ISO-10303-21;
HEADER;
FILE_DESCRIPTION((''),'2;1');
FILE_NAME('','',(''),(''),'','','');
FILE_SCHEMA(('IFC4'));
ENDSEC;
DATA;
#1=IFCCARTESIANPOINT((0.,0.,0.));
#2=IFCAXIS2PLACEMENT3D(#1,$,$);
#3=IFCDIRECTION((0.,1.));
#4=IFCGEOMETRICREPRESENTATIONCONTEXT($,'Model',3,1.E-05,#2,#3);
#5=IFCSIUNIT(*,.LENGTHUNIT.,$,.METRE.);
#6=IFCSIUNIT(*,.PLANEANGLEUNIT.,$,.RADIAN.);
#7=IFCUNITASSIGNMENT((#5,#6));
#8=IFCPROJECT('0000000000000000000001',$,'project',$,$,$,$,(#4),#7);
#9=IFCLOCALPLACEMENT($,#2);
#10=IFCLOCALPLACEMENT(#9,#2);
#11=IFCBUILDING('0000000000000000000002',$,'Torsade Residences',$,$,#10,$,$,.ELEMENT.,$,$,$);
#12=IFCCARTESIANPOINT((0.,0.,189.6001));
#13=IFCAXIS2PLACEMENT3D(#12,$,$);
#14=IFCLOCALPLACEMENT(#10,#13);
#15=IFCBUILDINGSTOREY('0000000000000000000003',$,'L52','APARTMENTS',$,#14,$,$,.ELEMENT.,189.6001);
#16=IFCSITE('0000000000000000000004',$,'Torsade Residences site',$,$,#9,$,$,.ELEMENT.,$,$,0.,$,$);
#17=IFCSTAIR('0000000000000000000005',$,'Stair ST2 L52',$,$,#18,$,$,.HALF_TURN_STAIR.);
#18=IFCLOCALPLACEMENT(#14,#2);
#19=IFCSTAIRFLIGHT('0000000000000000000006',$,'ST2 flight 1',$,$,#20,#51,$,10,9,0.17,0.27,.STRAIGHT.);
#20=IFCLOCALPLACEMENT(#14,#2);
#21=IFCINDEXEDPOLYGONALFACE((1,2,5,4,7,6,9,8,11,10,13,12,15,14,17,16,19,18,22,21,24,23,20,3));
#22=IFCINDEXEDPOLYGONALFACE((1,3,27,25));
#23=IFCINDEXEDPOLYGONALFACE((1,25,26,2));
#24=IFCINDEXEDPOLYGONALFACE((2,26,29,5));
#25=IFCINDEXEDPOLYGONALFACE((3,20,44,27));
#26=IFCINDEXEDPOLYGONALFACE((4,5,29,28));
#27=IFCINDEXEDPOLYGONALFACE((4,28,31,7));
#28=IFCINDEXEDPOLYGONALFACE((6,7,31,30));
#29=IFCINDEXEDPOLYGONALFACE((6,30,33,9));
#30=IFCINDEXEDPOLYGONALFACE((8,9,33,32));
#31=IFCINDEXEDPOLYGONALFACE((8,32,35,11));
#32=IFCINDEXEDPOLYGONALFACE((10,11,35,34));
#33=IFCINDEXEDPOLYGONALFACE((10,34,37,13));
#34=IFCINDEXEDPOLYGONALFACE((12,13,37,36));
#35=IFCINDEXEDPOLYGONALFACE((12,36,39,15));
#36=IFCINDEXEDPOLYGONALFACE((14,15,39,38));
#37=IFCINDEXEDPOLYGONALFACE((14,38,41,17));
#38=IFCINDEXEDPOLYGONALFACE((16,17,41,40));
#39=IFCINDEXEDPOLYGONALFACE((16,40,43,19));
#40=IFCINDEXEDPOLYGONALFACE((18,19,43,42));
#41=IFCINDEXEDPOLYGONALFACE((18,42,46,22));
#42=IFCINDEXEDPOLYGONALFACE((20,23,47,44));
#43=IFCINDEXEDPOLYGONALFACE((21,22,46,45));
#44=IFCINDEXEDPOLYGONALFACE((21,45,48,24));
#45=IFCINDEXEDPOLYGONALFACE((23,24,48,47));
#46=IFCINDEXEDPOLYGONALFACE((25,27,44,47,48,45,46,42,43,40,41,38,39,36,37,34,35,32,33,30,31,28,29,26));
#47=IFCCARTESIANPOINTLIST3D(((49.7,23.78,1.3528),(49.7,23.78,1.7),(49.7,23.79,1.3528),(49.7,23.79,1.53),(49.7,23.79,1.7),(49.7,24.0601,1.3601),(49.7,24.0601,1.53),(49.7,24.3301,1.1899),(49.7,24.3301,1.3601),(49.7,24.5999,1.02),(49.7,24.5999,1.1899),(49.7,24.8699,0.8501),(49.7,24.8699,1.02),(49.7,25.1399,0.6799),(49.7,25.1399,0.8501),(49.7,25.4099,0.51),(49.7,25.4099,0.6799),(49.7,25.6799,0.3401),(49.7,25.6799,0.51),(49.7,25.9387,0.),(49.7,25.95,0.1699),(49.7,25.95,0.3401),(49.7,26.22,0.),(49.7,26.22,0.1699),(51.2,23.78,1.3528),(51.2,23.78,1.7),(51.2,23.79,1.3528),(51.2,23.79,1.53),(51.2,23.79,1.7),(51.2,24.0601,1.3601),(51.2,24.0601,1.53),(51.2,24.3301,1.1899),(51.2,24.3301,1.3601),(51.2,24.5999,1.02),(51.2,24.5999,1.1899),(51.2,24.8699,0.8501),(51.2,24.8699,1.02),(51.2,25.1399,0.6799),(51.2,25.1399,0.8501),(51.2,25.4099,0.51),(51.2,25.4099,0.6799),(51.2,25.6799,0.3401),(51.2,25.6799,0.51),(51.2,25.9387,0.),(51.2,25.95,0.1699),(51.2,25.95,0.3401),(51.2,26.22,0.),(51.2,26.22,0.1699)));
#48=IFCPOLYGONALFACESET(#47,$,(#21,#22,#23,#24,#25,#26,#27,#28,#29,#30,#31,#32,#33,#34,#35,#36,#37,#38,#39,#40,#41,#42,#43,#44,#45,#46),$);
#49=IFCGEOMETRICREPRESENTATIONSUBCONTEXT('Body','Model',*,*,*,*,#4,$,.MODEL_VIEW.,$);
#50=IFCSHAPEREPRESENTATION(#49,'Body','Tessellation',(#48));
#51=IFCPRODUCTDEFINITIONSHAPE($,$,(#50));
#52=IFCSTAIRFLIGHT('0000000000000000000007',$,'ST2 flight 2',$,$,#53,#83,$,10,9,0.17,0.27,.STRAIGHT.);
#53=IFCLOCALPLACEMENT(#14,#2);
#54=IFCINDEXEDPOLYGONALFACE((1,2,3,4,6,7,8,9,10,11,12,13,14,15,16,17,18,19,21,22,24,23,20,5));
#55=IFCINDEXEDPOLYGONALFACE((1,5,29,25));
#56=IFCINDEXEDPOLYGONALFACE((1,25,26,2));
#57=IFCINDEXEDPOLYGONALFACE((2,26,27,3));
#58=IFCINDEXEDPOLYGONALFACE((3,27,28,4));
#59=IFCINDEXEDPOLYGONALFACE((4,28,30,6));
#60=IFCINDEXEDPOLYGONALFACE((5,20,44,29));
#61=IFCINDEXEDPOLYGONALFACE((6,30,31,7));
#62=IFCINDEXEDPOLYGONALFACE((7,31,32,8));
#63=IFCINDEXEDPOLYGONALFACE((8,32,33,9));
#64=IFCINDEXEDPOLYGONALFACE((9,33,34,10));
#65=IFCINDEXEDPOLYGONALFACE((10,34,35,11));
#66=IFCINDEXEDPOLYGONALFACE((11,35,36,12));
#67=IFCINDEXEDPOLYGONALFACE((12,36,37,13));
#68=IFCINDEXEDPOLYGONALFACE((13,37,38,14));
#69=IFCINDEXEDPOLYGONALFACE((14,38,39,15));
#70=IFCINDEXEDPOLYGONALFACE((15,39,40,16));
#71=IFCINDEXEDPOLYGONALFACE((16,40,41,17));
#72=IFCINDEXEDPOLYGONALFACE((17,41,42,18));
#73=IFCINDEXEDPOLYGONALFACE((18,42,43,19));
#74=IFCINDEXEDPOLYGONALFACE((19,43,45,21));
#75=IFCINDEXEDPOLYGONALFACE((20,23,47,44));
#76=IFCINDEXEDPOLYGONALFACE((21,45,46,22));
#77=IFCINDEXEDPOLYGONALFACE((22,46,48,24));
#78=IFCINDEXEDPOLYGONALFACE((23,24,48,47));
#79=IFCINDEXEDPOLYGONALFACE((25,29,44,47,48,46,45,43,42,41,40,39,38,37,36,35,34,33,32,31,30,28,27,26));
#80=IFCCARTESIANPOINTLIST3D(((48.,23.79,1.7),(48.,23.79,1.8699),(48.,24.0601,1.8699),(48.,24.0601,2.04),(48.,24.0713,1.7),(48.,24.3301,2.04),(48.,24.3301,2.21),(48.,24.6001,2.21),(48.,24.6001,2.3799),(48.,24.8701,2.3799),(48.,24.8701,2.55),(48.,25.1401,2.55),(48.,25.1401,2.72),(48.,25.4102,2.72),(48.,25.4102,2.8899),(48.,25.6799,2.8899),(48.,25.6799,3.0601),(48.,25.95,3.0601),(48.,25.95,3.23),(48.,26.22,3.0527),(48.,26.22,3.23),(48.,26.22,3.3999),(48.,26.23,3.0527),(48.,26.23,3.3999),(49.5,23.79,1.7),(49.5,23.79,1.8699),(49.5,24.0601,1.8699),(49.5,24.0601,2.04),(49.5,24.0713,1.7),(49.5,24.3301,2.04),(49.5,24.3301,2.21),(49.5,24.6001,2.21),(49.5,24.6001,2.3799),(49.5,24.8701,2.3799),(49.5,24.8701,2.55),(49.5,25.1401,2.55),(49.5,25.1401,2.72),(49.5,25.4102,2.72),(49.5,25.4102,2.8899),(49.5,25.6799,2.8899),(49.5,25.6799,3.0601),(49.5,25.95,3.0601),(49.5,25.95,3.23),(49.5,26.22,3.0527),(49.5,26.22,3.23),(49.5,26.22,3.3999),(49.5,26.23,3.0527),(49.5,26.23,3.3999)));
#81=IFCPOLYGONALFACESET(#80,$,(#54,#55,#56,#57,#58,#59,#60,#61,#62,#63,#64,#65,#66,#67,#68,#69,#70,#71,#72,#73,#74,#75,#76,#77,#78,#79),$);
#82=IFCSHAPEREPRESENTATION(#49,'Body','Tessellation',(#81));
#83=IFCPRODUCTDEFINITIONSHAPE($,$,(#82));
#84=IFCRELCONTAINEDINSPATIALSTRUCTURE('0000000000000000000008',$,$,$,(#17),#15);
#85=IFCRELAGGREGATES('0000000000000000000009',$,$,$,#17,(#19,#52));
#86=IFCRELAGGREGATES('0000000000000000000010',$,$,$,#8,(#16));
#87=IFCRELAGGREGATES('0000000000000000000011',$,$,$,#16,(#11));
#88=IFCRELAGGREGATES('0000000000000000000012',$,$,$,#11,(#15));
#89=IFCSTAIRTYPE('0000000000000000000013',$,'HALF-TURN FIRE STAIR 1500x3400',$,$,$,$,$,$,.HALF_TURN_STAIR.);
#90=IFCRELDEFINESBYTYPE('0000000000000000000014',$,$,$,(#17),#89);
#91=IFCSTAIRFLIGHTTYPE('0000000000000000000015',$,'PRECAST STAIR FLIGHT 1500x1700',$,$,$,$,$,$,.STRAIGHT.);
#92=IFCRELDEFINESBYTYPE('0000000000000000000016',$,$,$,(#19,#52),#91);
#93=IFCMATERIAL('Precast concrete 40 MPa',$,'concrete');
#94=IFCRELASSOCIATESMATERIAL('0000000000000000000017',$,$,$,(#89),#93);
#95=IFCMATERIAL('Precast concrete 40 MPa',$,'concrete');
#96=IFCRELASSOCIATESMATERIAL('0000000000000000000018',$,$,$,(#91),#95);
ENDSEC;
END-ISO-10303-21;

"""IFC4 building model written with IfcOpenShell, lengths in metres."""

from ifc_helpers import new_model, si_unit, direction, frame, origin, place, context, subcontext, project, spatial, polyline, outline, extrude, material, type_object, element, aggregate, save


model = new_model("IFC4")

# Units and contexts
model_context = context("Model", 3, precision=1e-05, world=origin(), true_north=direction((0.0, 1.0)))
body_context = subcontext(model_context, "Body", "Model", "MODEL_VIEW")
ifc_project = project(units=[si_unit("LENGTHUNIT", "METRE"), si_unit("PLANEANGLEUNIT", "RADIAN")], contexts=[model_context])

# Site, building, storey
site_placement = place(None, origin())
site = spatial("IfcSite", under=ifc_project, at=site_placement, Name="Torsade Residences site", CompositionType="ELEMENT", RefElevation=0.0)
building_placement = place(site_placement, origin())
building = spatial("IfcBuilding", under=site, at=building_placement, Name="Torsade Residences", CompositionType="ELEMENT")
storey_placement = place(building_placement, frame((0.0, 0.0, 189.6001)))
storey = spatial("IfcBuildingStorey", under=building, at=storey_placement, Name="L52", Description="APARTMENTS", CompositionType="ELEMENT", Elevation=189.6001)

# Stair, stair flights
ifc_material_1 = material(Name="Precast concrete 40 MPa", Category="concrete")
stair_type = type_object("IfcStairType", Name="HALF-TURN FIRE STAIR 1500x3400", PredefinedType="HALF_TURN_STAIR", material=ifc_material_1)
stair_placement = place(storey_placement, origin())
stair = element("IfcStair", 1, at=stair_placement, inside=storey, type_object=stair_type, Name="Stair ST2 L52", PredefinedType="HALF_TURN_STAIR")
ifc_material_2 = material(Name="Precast concrete 40 MPa", Category="concrete")
stair_flight_type = type_object("IfcStairFlightType", Name="PRECAST STAIR FLIGHT 1500x1700", PredefinedType="STRAIGHT", material=ifc_material_2)
stair_flight_1_placement = place(storey_placement, frame((50.45, 26.22, 0.0), z_axis=(0.0, 0.0, 1.0), x_axis=(0.0, -1.0, 0.0)))
stair_flight_1 = element("IfcStairFlight", 2, at=stair_flight_1_placement, type_object=stair_flight_type, Name="ST2 flight 1", NumberOfRisers=10, NumberOfTreads=9, PredefinedType="STRAIGHT", RiserHeight=0.17, TreadLength=0.27, context=body_context, shape_type="SweptSolid", body=[
    extrude(outline(polyline([(0.0, 0.0), (0.0, 0.1699), (0.27, 0.1699), (0.27, 0.3401), (0.54, 0.3401), (0.54, 0.51), (0.8101, 0.51), (0.8101, 0.6799), (1.0801, 0.6799), (1.0801, 0.8501), (1.3501, 0.8501), (1.3501, 1.02), (1.6201, 1.02), (1.6201, 1.1899), (1.8899, 1.1899), (1.8899, 1.3601), (2.1599, 1.3601), (2.1599, 1.53), (2.4299, 1.53), (2.4299, 1.7), (2.4399, 1.7), (2.4399, 1.3528), (2.4299, 1.3528), (0.2812, 0.0), (0.0, 0.0)])), frame((0.0, 0.75, 0.0), z_axis=(0.0, -1.0, 0.0), x_axis=(1.0, 0.0, 0.0)), (0.0, 0.0, 1.0), 1.5),
])
stair_flight_2_placement = place(storey_placement, frame((48.75, 23.79, 1.7), z_axis=(0.0, 0.0, 1.0), x_axis=(0.0, 1.0, 0.0)))
stair_flight_2 = element("IfcStairFlight", 3, at=stair_flight_2_placement, type_object=stair_flight_type, Name="ST2 flight 2", NumberOfRisers=10, NumberOfTreads=9, PredefinedType="STRAIGHT", RiserHeight=0.17, TreadLength=0.27, context=body_context, shape_type="SweptSolid", body=[
    extrude(outline(polyline([(0.0, 0.0), (0.0, 0.1699), (0.27, 0.1699), (0.27, 0.3401), (0.54, 0.3401), (0.54, 0.51), (0.8101, 0.51), (0.8101, 0.6799), (1.0801, 0.6799), (1.0801, 0.8501), (1.3501, 0.8501), (1.3501, 1.02), (1.6201, 1.02), (1.6201, 1.1899), (1.8899, 1.1899), (1.8899, 1.3601), (2.1599, 1.3601), (2.1599, 1.53), (2.4299, 1.53), (2.4299, 1.7), (2.4399, 1.7), (2.4399, 1.3528), (2.4299, 1.3528), (0.2812, 0.0), (0.0, 0.0)])), frame((0.0, 0.75, 0.0), z_axis=(0.0, -1.0, 0.0), x_axis=(1.0, 0.0, 0.0)), (0.0, 0.0, 1.0), 1.5),
])
aggregate(stair, [stair_flight_1, stair_flight_2])

save(model, "model.ifc")
